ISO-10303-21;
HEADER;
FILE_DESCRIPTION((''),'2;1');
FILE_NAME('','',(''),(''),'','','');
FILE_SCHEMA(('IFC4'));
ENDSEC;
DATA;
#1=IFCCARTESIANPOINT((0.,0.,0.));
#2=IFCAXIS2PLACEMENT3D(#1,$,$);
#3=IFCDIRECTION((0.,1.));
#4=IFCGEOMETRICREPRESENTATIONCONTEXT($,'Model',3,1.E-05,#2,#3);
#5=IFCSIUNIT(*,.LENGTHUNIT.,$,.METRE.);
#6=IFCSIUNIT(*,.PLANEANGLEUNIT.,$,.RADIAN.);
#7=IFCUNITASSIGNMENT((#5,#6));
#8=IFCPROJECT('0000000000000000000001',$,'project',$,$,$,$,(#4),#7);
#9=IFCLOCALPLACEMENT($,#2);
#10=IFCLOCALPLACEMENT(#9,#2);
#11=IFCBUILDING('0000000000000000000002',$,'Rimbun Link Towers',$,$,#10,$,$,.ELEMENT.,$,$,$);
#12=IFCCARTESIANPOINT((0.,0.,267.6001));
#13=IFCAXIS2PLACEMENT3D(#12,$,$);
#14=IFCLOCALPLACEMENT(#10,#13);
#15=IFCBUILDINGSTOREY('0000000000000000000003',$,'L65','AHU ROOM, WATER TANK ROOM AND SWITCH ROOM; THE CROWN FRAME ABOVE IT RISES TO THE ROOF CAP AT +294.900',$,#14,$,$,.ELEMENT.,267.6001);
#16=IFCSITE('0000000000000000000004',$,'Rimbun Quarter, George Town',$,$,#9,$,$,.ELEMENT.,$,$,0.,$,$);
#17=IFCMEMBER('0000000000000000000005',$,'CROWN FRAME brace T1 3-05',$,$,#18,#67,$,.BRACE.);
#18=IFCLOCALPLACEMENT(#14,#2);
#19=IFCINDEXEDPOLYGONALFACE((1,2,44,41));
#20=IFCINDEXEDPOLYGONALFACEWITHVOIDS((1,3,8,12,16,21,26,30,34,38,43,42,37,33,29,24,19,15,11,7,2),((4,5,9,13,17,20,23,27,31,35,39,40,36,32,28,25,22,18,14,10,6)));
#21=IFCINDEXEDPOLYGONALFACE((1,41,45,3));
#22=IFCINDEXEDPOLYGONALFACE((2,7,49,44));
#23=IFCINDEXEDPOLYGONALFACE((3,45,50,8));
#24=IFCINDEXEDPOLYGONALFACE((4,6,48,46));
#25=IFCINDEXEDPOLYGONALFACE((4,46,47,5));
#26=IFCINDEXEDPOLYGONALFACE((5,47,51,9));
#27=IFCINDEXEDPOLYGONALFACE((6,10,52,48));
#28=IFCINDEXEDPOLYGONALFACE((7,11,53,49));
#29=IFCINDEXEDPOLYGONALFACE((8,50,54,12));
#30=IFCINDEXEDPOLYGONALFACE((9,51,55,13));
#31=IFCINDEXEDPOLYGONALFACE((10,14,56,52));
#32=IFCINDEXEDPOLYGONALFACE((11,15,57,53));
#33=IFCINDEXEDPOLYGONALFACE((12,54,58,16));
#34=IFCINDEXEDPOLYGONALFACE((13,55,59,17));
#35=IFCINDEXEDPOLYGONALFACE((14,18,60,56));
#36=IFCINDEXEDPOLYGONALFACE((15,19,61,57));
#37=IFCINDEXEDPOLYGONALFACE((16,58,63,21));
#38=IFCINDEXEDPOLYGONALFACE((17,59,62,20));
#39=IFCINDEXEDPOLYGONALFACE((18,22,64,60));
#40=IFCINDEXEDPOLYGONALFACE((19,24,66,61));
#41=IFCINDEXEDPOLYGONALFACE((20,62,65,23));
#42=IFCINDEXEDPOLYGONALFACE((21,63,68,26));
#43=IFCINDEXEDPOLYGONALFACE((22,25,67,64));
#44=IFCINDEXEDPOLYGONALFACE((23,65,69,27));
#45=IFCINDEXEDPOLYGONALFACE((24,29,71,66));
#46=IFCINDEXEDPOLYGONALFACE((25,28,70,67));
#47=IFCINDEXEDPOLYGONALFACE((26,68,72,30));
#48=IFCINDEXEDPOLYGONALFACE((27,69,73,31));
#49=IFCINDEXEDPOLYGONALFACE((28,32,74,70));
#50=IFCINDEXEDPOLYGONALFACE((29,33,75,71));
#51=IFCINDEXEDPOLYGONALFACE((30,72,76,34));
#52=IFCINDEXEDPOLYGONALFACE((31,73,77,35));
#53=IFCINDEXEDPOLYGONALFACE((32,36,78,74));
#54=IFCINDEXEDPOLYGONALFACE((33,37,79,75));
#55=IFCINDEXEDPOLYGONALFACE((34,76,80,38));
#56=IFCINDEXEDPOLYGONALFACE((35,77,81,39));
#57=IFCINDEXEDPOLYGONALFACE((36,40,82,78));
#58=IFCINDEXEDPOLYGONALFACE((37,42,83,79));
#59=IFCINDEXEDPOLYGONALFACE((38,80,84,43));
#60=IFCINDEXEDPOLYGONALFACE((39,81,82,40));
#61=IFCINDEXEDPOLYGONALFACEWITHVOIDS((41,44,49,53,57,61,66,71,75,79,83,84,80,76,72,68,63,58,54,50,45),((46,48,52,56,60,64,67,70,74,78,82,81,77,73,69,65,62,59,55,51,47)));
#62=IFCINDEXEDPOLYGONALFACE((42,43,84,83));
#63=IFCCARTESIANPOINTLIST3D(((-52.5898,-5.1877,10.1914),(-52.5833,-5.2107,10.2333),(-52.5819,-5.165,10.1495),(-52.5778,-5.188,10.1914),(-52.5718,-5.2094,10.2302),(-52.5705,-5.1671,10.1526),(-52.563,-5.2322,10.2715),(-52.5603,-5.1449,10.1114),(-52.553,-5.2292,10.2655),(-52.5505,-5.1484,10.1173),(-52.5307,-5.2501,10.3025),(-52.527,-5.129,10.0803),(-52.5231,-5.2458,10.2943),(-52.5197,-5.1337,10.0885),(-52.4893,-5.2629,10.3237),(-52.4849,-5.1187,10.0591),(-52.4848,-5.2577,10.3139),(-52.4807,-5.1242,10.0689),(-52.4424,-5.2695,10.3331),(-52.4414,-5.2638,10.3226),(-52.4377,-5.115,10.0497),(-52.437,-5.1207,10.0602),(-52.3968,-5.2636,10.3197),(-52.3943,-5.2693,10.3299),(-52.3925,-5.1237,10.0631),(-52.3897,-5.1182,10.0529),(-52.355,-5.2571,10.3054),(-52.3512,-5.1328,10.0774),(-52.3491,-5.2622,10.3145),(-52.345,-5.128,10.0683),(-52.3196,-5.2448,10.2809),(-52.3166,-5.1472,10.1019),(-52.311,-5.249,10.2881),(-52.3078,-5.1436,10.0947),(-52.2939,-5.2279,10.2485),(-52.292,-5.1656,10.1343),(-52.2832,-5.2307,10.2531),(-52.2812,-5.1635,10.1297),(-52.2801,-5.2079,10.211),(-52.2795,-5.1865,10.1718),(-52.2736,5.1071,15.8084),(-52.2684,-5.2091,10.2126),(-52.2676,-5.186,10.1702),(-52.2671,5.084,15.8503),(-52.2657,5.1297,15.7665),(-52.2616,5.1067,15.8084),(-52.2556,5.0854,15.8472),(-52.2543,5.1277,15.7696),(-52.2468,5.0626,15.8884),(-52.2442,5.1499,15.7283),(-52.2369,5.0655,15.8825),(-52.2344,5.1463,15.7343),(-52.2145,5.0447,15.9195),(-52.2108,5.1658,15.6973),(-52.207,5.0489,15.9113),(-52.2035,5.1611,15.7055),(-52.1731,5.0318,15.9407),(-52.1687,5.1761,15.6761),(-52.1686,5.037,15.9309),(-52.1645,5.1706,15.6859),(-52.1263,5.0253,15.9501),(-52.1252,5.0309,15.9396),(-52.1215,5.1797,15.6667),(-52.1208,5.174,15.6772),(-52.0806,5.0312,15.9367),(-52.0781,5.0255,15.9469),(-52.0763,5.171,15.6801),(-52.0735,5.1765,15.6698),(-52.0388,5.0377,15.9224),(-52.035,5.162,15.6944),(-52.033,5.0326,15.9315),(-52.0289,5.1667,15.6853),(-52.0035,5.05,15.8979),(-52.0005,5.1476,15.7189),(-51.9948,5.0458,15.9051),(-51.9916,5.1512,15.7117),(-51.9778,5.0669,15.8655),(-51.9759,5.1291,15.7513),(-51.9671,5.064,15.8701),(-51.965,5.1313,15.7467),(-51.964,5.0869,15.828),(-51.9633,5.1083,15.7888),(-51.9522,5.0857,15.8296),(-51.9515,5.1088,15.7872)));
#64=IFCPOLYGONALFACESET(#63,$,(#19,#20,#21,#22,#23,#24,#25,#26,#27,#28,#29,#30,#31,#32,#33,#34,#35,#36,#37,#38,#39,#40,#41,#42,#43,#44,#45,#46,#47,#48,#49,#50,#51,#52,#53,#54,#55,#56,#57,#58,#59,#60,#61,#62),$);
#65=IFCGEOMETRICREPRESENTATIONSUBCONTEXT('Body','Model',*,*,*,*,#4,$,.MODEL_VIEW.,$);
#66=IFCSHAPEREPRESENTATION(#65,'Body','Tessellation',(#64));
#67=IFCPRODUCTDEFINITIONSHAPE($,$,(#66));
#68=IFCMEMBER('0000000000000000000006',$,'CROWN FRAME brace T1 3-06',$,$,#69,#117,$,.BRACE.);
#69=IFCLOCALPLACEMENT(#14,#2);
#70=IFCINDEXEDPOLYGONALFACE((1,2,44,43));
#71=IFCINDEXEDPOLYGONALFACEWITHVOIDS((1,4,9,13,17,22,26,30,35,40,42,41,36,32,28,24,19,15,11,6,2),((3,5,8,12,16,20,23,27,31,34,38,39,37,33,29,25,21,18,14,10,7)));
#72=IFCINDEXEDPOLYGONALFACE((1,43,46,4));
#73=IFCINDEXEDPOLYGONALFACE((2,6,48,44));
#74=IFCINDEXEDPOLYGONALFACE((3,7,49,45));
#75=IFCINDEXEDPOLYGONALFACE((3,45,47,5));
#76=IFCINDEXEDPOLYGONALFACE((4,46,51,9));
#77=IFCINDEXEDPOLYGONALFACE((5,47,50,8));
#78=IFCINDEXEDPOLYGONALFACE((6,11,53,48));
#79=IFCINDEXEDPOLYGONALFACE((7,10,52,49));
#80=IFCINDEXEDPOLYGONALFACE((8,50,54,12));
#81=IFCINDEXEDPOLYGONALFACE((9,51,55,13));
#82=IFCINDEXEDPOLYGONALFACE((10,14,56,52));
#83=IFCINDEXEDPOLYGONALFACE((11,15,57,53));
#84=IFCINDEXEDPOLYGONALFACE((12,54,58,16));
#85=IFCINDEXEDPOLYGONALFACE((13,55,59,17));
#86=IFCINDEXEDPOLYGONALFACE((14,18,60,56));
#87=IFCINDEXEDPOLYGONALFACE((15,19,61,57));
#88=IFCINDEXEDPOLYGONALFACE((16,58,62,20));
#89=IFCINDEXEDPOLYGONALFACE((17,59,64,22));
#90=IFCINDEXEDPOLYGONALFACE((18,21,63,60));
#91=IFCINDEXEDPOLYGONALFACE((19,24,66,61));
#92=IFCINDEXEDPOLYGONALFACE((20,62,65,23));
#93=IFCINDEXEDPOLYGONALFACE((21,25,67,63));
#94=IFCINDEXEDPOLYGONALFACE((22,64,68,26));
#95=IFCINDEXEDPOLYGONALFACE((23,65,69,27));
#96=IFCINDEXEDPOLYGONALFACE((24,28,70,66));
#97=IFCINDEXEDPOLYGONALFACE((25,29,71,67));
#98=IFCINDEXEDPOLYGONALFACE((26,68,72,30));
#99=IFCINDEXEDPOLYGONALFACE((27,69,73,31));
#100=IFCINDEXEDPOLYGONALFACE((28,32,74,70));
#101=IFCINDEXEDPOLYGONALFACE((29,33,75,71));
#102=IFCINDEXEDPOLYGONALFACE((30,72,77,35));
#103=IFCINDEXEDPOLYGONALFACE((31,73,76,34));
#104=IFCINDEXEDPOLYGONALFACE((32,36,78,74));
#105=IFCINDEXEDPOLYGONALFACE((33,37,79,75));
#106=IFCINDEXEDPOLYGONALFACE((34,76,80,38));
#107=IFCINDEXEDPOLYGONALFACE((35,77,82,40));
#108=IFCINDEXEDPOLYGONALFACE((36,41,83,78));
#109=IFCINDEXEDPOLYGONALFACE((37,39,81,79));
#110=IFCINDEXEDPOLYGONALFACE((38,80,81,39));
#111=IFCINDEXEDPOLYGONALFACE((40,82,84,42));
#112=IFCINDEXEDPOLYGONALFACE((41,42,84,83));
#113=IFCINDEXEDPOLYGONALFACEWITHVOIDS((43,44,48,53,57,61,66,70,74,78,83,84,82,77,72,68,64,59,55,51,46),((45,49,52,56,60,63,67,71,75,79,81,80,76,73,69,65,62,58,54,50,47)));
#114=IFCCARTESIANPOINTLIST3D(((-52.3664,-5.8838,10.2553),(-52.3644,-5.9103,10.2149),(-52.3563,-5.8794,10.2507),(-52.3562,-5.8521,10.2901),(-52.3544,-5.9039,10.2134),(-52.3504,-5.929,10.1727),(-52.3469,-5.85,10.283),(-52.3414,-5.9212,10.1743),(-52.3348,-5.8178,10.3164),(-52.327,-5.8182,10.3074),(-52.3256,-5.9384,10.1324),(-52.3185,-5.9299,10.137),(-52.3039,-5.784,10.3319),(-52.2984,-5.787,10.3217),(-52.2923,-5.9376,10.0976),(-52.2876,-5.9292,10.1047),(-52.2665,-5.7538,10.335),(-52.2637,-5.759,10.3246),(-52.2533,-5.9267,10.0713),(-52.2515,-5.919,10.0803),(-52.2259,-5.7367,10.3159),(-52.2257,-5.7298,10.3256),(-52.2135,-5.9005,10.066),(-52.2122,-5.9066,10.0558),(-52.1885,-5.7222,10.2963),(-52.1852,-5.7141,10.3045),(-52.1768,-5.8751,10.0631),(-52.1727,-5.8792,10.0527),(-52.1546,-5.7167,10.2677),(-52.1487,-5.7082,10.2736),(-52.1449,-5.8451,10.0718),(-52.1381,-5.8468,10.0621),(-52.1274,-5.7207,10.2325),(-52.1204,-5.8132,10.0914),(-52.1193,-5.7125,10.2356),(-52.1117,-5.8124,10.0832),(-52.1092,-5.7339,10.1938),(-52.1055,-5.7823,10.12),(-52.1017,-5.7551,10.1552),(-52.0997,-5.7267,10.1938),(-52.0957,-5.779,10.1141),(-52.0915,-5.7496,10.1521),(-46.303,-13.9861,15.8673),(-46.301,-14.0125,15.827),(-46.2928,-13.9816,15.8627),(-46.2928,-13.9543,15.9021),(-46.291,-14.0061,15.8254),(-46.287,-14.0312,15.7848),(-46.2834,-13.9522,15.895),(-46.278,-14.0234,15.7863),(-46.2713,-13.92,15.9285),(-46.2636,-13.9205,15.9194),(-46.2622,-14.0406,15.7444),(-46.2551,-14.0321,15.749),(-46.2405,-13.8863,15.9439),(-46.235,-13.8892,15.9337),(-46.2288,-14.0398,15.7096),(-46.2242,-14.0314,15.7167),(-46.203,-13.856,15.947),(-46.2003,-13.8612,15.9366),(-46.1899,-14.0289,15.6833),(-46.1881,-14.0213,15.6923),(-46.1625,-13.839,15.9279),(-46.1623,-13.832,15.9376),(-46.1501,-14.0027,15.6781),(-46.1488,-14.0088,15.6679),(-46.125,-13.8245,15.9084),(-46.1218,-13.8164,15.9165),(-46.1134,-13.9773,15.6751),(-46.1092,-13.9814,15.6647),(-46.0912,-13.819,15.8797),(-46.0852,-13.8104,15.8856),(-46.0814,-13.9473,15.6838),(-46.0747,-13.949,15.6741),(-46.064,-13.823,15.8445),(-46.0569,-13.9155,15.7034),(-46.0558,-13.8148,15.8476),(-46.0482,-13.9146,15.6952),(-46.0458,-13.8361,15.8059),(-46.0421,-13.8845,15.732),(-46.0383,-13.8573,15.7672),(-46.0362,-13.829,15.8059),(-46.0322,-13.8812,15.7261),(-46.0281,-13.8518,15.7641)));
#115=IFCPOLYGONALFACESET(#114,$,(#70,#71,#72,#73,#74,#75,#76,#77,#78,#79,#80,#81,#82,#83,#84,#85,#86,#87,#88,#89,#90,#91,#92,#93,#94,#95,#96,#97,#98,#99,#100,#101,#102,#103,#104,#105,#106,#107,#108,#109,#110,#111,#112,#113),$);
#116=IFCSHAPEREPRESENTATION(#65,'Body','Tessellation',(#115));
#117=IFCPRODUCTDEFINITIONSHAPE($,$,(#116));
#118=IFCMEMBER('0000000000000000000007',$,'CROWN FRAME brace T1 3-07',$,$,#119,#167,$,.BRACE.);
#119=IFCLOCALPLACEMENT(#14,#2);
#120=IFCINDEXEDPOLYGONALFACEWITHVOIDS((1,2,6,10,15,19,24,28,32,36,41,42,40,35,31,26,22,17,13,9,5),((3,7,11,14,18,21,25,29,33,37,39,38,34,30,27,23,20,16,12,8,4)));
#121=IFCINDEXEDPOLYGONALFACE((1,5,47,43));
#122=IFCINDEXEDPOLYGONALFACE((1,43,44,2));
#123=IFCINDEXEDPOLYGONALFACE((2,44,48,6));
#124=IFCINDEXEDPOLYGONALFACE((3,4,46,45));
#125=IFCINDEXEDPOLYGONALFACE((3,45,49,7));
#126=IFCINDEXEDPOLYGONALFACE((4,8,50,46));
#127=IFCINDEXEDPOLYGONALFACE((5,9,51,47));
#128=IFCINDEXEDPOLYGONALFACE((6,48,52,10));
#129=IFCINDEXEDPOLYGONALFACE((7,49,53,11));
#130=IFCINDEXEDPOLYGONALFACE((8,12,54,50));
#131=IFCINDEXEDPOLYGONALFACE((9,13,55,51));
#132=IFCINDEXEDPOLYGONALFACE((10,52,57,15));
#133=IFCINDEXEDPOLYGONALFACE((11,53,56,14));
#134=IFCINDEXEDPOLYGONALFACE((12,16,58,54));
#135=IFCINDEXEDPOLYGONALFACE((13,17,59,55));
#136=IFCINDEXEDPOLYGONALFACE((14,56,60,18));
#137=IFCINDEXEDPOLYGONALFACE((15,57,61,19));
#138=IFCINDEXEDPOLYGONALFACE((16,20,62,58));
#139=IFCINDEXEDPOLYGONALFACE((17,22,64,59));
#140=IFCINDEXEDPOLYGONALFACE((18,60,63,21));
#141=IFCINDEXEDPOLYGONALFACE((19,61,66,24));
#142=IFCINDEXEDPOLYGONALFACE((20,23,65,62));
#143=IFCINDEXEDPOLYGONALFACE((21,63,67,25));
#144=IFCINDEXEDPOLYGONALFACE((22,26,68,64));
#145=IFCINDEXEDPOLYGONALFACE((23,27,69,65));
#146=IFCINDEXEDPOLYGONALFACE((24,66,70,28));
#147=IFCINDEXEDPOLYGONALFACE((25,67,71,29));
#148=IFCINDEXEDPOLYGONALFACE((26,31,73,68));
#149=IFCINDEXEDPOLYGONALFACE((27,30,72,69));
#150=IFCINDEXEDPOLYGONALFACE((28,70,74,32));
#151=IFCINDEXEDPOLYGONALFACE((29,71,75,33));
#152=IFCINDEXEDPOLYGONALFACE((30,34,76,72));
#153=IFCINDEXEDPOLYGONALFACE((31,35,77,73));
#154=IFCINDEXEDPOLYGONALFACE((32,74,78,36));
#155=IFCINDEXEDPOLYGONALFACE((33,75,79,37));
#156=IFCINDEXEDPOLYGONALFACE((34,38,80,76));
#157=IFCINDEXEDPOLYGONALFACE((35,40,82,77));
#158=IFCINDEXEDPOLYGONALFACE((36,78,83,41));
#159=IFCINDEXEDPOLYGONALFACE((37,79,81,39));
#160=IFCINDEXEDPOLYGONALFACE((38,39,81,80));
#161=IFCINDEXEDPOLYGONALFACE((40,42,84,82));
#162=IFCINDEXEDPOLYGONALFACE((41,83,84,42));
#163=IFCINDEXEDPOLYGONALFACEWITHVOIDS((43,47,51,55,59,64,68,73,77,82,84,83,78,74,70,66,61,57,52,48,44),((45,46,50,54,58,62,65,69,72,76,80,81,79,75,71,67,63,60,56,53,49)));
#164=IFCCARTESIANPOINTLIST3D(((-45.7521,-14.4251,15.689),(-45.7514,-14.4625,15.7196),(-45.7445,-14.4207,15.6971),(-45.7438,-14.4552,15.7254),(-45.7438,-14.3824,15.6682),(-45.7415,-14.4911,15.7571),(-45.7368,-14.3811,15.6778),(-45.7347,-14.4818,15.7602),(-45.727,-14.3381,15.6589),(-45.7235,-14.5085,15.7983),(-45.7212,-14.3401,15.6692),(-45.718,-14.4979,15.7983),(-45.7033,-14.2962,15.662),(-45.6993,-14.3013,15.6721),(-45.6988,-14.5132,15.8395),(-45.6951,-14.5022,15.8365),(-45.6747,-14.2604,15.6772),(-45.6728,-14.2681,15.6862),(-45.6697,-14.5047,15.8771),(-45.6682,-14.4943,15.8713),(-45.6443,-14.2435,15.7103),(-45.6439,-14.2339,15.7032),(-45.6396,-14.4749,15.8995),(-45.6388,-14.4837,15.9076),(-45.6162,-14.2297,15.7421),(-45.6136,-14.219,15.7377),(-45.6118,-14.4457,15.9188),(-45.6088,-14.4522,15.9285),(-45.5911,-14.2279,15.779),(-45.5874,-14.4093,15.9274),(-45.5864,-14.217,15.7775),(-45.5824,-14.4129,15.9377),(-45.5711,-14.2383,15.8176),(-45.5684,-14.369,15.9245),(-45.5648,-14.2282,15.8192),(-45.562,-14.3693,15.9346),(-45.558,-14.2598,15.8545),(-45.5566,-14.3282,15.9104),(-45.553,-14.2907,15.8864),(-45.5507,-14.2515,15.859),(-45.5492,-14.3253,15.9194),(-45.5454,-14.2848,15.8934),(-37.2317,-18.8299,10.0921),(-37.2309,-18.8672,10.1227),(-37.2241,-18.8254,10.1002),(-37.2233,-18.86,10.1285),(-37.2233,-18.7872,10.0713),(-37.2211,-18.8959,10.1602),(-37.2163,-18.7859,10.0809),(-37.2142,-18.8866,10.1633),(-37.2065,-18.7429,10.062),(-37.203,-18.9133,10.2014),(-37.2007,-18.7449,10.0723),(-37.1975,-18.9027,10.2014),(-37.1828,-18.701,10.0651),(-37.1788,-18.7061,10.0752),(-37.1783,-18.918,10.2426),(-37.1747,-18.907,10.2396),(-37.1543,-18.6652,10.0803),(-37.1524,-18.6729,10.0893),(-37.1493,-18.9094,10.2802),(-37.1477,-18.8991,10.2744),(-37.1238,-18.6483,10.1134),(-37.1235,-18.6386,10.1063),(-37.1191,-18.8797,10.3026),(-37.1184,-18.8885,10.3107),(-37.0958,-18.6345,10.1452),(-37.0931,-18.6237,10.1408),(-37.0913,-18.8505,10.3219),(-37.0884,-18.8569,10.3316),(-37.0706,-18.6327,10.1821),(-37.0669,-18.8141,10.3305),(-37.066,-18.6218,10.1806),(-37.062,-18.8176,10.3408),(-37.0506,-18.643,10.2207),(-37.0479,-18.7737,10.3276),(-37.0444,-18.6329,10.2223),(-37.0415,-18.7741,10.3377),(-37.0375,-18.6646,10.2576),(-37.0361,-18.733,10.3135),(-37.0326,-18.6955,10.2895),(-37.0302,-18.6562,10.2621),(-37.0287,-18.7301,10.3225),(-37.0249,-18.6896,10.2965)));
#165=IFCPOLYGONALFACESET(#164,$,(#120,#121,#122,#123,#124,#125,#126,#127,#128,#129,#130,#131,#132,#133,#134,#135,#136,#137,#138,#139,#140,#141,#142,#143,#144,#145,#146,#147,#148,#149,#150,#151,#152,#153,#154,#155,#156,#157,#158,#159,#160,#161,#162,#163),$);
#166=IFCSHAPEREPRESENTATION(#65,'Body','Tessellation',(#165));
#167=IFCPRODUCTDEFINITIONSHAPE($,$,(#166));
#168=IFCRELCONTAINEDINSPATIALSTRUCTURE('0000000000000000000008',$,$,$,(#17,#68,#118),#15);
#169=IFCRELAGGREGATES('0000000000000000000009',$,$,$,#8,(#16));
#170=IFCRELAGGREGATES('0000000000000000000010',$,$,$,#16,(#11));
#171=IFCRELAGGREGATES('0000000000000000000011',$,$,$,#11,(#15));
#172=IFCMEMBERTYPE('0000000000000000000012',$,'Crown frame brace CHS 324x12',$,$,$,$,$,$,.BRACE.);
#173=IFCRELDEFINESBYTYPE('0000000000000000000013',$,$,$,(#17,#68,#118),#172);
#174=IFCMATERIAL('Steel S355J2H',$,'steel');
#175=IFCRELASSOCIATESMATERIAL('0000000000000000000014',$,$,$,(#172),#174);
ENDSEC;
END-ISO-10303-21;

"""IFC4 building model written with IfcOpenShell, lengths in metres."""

from ifc_helpers import new_model, si_unit, direction, frame, origin, origin_2d, place, context, subcontext, project, spatial, hollow_circle, extrude, material, material_profile, profile_set, type_object, element, save


model = new_model("IFC4")

# Units and contexts
model_context = context("Model", 3, precision=1e-05, world=origin(), true_north=direction((0.0, 1.0)))
body_context = subcontext(model_context, "Body", "Model", "MODEL_VIEW")
ifc_project = project(units=[si_unit("LENGTHUNIT", "METRE"), si_unit("PLANEANGLEUNIT", "RADIAN")], contexts=[model_context])

# Site, building, storey
site_placement = place(None, origin())
site = spatial("IfcSite", under=ifc_project, at=site_placement, Name="Rimbun Quarter, George Town", CompositionType="ELEMENT", RefElevation=0.0)
building_placement = place(site_placement, origin())
building = spatial("IfcBuilding", under=site, at=building_placement, Name="Rimbun Link Towers", CompositionType="ELEMENT")
storey_placement = place(building_placement, frame((0.0, 0.0, 267.6001)))
storey = spatial("IfcBuildingStorey", under=building, at=storey_placement, Name="L65", Description="AHU ROOM, WATER TANK ROOM AND SWITCH ROOM; THE CROWN FRAME ABOVE IT RISES TO THE ROOF CAP AT +294.900", CompositionType="ELEMENT", Elevation=267.6001)

# Members
ifc_material_1 = material(Name="Steel S355J2H", Category="steel")
ifc_material_profile_1 = material_profile(ifc_material_1, hollow_circle(Radius=0.1619, WallThickness=0.012, at=origin_2d()), Name="Crown frame brace CHS 324x12")
ifc_profile_set_1 = profile_set([ifc_material_profile_1], Name="Steel S355J2H")
member_type_1 = type_object("IfcMemberType", Name="Crown frame brace CHS 324x12", PredefinedType="BRACE", material=ifc_profile_set_1)
member_1_placement = place(storey_placement, frame((-52.428, -5.1926, 10.1914), z_axis=(0.02695, 0.877517, 0.478788), x_axis=(-0.999529, 0.030697, 0.0)))
element("IfcMember", 1, at=member_1_placement, inside=storey, type_object=member_type_1, Name="CROWN FRAME brace T1 3-05", PredefinedType="BRACE", context=body_context, shape_type="SweptSolid", body=[
    extrude(hollow_circle(Radius=0.1619, WallThickness=0.012, at=origin_2d()), origin(), (0.0, 0.0, 1.0), 11.7317),
])
member_2_placement = place(storey_placement, frame((-52.2292, -5.8237, 10.1938), z_axis=(0.523984, -0.700172, 0.484974), x_axis=(0.800628, 0.599162, 0.0)))
element("IfcMember", 2, at=member_2_placement, inside=storey, type_object=member_type_1, Name="CROWN FRAME brace T1 3-06", PredefinedType="BRACE", context=body_context, shape_type="SweptSolid", body=[
    extrude(hollow_circle(Radius=0.1619, WallThickness=0.012, at=origin_2d()), origin(), (0.0, 0.0, 1.0), 11.5718),
])
member_3_placement = place(storey_placement, frame((-37.1287, -18.7695, 10.2014), z_axis=(-0.76725, 0.39664, 0.503989), x_axis=(-0.459228, -0.888319, 0.0)))
element("IfcMember", 3, at=member_3_placement, inside=storey, type_object=member_type_1, Name="CROWN FRAME brace T1 3-07", PredefinedType="BRACE", context=body_context, shape_type="SweptSolid", body=[
    extrude(hollow_circle(Radius=0.1619, WallThickness=0.012, at=origin_2d()), origin(), (0.0, 0.0, 1.0), 11.1052),
])

save(model, "model.ifc")
